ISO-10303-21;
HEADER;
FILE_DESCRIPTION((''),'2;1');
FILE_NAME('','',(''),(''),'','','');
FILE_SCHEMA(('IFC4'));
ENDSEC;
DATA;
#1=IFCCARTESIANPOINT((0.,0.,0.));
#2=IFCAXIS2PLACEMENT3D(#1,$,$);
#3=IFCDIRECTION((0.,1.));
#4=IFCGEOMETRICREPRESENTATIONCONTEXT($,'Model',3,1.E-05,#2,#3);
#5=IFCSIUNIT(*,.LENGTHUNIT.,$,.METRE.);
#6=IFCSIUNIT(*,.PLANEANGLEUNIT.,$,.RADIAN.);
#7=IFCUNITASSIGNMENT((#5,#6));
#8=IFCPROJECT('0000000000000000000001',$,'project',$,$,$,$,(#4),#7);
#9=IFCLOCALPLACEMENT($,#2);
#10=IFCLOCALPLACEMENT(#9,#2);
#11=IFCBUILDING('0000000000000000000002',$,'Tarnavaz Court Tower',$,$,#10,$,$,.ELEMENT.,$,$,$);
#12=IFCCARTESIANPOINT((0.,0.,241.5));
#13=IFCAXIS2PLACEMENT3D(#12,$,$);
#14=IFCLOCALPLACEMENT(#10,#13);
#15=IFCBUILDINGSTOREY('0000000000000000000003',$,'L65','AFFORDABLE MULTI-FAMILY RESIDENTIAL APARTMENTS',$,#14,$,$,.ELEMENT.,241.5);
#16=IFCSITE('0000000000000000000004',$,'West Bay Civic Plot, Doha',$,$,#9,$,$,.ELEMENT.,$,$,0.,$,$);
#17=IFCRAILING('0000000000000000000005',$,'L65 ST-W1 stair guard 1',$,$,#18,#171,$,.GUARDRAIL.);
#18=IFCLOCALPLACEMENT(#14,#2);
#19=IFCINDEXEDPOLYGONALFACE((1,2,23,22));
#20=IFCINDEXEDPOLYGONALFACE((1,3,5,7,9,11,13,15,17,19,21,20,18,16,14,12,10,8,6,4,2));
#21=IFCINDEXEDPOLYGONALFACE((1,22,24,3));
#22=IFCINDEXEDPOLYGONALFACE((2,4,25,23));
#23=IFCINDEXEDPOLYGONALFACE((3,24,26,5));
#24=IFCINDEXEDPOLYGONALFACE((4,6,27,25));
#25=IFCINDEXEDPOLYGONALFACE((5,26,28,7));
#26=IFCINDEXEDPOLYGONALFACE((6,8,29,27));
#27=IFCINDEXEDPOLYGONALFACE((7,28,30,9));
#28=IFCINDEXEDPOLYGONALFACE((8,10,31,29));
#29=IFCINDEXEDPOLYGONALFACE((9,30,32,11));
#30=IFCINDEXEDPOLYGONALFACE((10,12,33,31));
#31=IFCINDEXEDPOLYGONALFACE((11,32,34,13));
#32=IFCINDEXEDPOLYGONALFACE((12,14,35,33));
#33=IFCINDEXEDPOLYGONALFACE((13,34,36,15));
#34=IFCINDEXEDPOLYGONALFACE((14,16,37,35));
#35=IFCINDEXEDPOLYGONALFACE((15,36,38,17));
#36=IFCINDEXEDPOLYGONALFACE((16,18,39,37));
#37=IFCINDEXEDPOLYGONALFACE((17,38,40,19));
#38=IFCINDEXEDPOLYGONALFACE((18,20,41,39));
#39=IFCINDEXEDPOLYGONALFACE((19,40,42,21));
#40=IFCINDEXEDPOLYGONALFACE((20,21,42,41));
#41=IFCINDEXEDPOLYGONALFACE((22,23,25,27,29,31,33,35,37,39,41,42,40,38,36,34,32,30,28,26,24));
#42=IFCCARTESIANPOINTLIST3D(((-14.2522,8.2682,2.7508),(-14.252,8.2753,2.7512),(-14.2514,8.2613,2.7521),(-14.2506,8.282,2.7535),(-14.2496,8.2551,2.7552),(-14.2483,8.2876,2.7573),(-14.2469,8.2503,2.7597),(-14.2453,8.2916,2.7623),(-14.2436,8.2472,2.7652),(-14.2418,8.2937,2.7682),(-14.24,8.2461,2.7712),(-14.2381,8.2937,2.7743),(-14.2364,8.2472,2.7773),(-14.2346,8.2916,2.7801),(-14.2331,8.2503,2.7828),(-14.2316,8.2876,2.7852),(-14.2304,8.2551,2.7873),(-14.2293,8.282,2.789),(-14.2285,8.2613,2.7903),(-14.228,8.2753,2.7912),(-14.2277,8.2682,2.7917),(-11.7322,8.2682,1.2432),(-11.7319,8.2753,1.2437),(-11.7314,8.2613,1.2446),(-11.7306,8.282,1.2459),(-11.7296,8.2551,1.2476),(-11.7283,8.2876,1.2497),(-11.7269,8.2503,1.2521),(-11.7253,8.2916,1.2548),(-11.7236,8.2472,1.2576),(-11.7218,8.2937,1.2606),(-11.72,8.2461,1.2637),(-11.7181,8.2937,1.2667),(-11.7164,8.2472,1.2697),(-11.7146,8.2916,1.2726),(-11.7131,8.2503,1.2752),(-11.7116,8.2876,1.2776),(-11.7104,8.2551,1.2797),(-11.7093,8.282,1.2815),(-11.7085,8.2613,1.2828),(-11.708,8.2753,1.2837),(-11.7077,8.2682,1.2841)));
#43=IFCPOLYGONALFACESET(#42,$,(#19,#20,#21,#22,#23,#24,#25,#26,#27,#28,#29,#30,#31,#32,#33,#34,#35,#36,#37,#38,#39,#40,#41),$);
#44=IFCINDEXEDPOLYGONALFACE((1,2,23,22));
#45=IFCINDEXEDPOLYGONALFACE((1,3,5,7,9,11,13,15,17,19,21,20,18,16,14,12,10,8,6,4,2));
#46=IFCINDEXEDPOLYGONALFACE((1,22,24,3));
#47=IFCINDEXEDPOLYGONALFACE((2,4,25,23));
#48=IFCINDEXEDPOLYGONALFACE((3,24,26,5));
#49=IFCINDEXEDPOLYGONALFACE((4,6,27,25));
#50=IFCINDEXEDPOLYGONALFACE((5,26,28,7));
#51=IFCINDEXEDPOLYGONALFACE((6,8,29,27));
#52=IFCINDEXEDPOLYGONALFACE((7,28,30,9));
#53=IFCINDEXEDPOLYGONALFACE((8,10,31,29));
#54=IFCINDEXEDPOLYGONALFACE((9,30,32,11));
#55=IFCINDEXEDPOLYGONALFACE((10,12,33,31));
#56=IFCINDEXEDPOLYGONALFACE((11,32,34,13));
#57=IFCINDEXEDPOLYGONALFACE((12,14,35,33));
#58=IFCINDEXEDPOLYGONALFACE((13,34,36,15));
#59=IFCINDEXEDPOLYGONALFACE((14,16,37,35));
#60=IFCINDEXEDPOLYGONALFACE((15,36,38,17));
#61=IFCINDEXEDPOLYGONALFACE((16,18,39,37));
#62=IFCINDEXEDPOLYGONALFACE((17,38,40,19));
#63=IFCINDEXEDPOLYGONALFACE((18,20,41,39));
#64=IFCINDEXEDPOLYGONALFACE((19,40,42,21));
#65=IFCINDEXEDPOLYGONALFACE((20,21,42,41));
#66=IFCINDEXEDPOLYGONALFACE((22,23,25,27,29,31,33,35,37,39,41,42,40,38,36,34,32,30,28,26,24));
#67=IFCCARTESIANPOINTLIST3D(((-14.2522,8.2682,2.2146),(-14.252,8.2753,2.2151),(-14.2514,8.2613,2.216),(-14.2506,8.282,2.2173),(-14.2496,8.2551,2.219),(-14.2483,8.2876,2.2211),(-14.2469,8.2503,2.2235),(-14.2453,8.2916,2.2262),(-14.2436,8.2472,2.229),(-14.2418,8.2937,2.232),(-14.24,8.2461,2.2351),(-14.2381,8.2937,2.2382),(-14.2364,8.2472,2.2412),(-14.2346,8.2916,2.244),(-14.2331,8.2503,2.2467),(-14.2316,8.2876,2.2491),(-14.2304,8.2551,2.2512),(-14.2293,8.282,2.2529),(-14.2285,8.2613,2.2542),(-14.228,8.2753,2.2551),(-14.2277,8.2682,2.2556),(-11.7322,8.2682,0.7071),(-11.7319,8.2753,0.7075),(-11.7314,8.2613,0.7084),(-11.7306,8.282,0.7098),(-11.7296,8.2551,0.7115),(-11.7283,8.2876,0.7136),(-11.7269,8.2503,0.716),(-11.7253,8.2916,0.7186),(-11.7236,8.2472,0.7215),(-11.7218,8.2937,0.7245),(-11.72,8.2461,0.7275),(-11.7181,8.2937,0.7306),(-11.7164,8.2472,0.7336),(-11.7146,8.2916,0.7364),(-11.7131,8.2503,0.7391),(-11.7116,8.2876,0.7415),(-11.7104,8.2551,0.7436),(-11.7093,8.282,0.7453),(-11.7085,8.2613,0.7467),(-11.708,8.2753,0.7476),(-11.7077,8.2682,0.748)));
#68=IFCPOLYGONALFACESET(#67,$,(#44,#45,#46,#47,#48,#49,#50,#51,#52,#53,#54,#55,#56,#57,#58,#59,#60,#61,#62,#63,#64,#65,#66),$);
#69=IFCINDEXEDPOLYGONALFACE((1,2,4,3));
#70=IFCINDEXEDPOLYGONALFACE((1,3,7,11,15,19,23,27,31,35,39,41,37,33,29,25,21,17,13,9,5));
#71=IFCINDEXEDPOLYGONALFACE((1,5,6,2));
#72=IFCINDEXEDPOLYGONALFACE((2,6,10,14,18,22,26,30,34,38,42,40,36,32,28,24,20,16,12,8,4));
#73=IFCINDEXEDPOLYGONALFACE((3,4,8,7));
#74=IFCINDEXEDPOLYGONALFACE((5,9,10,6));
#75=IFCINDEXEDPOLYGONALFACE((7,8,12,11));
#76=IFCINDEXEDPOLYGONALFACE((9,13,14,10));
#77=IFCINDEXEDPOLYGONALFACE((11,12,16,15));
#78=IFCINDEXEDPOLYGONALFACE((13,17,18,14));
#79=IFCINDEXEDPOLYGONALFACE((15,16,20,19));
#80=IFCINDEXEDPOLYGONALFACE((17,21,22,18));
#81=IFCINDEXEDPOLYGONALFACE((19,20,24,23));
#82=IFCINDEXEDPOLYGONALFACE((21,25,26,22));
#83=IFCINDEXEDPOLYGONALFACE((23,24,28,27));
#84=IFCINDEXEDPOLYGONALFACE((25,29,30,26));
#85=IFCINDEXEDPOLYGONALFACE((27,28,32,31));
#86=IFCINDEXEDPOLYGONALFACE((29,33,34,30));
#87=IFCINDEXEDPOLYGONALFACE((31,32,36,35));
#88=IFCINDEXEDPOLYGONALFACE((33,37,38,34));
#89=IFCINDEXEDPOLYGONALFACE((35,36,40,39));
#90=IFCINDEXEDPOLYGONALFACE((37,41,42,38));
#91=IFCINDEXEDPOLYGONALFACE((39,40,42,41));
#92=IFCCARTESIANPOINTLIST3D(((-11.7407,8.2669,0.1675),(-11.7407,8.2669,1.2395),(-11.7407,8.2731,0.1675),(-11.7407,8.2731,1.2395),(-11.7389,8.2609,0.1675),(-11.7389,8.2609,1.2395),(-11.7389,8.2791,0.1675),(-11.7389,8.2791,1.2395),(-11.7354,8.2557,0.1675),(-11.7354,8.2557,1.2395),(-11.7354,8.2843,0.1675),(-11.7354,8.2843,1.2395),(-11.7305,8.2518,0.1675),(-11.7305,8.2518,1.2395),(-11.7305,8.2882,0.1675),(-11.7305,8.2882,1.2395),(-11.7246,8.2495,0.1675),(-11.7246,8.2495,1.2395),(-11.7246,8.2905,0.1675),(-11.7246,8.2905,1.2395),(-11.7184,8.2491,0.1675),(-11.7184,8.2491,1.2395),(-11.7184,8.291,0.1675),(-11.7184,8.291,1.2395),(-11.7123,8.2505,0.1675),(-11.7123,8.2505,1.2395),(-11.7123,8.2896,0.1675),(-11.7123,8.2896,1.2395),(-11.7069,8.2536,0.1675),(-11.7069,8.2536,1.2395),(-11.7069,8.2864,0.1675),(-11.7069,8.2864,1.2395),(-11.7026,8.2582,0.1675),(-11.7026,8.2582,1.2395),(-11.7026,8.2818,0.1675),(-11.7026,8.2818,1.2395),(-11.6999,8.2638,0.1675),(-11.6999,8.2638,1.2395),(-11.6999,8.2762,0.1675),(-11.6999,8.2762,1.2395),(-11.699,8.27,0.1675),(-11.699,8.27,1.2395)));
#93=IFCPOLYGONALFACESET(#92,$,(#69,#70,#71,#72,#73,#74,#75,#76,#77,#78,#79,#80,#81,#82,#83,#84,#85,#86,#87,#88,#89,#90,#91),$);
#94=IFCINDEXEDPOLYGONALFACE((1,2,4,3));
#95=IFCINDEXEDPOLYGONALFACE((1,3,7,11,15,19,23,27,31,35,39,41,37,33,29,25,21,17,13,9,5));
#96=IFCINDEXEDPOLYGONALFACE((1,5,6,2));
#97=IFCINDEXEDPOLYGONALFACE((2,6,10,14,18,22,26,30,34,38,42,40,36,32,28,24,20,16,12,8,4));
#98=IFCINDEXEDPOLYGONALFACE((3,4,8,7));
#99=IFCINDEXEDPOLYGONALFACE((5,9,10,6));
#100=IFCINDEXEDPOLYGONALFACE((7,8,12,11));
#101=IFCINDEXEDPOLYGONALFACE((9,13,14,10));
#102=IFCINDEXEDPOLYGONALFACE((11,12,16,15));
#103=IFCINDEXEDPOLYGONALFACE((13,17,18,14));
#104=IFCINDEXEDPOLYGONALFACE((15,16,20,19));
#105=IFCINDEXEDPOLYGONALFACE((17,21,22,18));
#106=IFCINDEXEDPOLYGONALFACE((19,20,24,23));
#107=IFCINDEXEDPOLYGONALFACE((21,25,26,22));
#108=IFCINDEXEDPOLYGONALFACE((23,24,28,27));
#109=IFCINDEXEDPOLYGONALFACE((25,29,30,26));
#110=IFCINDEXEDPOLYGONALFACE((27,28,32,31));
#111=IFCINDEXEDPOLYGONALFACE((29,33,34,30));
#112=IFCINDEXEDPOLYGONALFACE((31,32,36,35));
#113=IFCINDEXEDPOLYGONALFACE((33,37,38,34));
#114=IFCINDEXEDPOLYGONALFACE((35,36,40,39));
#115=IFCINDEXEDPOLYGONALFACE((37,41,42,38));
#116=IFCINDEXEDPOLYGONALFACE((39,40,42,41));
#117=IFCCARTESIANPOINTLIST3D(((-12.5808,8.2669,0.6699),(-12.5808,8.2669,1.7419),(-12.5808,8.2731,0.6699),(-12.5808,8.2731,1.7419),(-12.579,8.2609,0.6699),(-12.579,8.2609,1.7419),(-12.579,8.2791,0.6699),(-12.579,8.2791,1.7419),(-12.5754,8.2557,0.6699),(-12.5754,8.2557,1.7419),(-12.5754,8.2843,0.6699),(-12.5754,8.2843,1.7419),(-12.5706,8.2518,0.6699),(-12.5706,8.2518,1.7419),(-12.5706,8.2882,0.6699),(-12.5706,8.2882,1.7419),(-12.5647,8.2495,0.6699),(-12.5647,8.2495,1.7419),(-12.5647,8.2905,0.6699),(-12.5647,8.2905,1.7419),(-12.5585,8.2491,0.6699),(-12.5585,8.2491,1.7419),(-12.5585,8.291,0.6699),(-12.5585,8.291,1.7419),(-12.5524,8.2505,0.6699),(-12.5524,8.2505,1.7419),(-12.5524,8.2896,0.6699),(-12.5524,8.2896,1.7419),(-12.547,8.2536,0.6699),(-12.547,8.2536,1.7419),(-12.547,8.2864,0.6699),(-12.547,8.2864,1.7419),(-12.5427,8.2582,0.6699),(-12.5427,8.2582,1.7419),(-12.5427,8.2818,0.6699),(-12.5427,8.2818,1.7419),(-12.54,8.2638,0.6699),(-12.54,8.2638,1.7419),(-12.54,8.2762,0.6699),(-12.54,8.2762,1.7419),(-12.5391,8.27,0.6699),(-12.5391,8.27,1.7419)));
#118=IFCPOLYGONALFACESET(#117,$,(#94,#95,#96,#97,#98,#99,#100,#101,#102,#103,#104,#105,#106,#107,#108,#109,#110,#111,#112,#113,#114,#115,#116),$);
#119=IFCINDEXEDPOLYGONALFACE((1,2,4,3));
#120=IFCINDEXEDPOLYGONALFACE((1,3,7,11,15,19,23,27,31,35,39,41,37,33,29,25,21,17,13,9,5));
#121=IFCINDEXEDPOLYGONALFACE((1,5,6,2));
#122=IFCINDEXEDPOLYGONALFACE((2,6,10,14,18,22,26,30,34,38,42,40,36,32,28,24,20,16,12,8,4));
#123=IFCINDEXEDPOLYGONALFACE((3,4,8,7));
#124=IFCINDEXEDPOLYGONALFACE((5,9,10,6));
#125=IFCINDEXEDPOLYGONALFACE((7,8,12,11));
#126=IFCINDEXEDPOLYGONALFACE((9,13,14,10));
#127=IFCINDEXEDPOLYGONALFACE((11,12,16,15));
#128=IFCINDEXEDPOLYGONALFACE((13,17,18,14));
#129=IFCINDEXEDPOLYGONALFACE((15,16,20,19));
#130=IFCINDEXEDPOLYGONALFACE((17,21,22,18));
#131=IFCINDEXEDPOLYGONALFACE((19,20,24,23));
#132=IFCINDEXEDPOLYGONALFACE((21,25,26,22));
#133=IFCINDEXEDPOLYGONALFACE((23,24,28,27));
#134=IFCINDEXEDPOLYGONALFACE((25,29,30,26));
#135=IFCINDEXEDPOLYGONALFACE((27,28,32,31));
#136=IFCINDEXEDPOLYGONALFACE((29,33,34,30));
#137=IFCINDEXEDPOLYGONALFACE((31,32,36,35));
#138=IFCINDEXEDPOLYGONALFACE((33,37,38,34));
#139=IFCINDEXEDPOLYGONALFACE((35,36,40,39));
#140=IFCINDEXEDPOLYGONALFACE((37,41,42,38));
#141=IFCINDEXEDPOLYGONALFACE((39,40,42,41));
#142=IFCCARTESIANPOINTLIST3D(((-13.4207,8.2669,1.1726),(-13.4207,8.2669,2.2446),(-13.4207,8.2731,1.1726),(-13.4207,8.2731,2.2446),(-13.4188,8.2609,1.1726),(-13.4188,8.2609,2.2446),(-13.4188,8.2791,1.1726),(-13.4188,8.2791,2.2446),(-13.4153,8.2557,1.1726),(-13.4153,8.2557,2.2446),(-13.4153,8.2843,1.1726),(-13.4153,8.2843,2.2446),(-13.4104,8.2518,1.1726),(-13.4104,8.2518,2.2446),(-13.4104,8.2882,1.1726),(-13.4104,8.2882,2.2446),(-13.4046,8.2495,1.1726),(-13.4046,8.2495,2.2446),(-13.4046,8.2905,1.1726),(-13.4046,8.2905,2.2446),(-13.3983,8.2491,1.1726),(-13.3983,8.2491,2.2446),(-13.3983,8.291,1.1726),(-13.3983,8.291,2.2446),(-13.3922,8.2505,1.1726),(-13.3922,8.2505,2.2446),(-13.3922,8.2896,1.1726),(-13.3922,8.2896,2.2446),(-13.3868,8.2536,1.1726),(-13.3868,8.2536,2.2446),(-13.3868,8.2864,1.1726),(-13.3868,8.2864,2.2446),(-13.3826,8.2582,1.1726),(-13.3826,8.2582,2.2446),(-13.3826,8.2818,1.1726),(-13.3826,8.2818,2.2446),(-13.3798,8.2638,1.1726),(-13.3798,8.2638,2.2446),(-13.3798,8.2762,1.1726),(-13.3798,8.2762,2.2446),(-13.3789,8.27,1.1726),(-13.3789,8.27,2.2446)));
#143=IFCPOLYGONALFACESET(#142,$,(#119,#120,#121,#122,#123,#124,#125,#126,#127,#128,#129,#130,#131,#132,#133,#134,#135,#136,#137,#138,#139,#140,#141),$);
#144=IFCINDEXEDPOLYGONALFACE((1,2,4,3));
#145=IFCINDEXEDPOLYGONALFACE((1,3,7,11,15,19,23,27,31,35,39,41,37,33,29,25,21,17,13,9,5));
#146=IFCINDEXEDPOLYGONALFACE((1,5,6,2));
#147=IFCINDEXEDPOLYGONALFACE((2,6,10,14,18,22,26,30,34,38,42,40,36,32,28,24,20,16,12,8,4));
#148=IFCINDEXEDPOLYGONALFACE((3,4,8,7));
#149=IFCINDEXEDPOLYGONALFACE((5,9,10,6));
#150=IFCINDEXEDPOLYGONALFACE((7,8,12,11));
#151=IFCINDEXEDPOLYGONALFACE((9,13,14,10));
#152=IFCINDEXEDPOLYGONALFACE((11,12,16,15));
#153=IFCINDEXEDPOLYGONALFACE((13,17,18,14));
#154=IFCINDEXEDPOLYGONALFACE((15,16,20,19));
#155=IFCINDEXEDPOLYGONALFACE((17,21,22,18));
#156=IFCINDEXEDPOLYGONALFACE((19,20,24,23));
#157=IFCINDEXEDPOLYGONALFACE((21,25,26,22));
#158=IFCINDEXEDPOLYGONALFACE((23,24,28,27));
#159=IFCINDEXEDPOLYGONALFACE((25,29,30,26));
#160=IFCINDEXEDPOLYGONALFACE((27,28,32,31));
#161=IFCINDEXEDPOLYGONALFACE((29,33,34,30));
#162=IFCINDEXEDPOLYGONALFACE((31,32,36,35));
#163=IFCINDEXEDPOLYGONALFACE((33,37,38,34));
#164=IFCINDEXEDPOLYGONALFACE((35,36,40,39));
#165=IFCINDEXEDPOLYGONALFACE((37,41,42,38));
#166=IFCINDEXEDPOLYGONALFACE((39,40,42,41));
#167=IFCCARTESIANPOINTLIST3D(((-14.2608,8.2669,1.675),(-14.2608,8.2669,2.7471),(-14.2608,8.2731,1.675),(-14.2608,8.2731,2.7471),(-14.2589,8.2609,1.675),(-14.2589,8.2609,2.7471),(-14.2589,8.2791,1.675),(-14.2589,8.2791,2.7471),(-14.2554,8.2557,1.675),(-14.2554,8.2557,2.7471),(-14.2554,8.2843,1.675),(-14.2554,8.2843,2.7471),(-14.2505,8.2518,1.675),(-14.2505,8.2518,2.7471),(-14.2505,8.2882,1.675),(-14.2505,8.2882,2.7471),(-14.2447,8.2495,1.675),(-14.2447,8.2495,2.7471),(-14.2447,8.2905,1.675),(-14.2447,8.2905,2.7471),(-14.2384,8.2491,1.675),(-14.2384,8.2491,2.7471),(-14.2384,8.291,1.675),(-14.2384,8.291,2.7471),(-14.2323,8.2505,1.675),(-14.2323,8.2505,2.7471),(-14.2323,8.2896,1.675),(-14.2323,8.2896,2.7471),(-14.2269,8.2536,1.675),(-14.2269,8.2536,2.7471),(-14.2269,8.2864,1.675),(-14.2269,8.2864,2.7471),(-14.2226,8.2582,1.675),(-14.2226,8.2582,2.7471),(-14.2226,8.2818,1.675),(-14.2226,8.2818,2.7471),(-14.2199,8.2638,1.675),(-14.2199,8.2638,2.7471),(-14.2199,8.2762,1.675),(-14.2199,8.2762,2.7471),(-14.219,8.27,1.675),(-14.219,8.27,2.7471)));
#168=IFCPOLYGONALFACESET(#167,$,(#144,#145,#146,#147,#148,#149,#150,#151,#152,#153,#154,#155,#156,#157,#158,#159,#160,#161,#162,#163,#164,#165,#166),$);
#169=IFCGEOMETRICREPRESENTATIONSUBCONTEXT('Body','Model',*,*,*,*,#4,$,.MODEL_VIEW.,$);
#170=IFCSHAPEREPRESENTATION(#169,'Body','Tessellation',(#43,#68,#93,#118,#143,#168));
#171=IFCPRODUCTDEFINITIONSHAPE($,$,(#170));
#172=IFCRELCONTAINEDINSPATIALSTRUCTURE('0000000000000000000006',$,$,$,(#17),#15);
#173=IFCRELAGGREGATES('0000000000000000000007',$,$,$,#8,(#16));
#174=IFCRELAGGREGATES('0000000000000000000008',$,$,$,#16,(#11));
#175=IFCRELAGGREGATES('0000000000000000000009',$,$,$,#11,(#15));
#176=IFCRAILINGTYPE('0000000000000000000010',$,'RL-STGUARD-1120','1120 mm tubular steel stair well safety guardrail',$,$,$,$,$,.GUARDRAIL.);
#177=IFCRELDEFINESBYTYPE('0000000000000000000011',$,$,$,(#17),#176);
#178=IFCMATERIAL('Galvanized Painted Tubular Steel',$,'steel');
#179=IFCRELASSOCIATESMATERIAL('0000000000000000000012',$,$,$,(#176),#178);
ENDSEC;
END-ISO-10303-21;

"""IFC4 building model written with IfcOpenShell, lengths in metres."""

from ifc_helpers import new_model, si_unit, direction, frame, origin, origin_2d, place, context, subcontext, project, spatial, circle, extrude, material, type_object, element, save


model = new_model("IFC4")

# Units and contexts
model_context = context("Model", 3, precision=1e-05, world=origin(), true_north=direction((0.0, 1.0)))
body_context = subcontext(model_context, "Body", "Model", "MODEL_VIEW")
ifc_project = project(units=[si_unit("LENGTHUNIT", "METRE"), si_unit("PLANEANGLEUNIT", "RADIAN")], contexts=[model_context])

# Site, building, storey
site_placement = place(None, origin())
site = spatial("IfcSite", under=ifc_project, at=site_placement, Name="West Bay Civic Plot, Doha", CompositionType="ELEMENT", RefElevation=0.0)
building_placement = place(site_placement, origin())
building = spatial("IfcBuilding", under=site, at=building_placement, Name="Tarnavaz Court Tower", CompositionType="ELEMENT")
storey_placement = place(building_placement, frame((0.0, 0.0, 241.5)))
storey = spatial("IfcBuildingStorey", under=building, at=storey_placement, Name="L65", Description="AFFORDABLE MULTI-FAMILY RESIDENTIAL APARTMENTS", CompositionType="ELEMENT", Elevation=241.5)

# Railing
ifc_material_1 = material(Name="Galvanized Painted Tubular Steel", Category="steel")
railing_type_1 = type_object("IfcRailingType", Name="RL-STGUARD-1120", Description="1120 mm tubular steel stair well safety guardrail", PredefinedType="GUARDRAIL", material=ifc_material_1)
railing_1_placement = place(storey_placement, frame((-11.72, 8.27, 0.1675)))
element("IfcRailing", 1, at=railing_1_placement, inside=storey, type_object=railing_type_1, Name="L65 ST-W1 stair guard 1", PredefinedType="GUARDRAIL", context=body_context, shape_type="SweptSolid", body=[
    extrude(circle(Radius=0.0239, at=origin_2d()), frame((0.0, 0.0, 1.0962), z_axis=(-0.85816, 0.0, 0.513383), x_axis=(0.0, -1.0, 0.0)), (0.0, 0.0, 1.0), 2.9365),
    extrude(circle(Radius=0.0239, at=origin_2d()), frame((0.0, 0.0, 0.5601), z_axis=(-0.85816, 0.0, 0.513383), x_axis=(0.0, -1.0, 0.0)), (0.0, 0.0, 1.0), 2.9365),
    extrude(circle(Radius=0.021, at=origin_2d()), origin(), (0.0, 0.0, 1.0), 1.072),
    extrude(circle(Radius=0.021, at=origin_2d()), frame((-0.8401, 0.0, 0.5024)), (0.0, 0.0, 1.0), 1.072),
    extrude(circle(Radius=0.021, at=origin_2d()), frame((-1.6799, 0.0, 1.0051)), (0.0, 0.0, 1.0), 1.072),
    extrude(circle(Radius=0.021, at=origin_2d()), frame((-2.52, 0.0, 1.5076)), (0.0, 0.0, 1.0), 1.072),
])

save(model, "model.ifc")
